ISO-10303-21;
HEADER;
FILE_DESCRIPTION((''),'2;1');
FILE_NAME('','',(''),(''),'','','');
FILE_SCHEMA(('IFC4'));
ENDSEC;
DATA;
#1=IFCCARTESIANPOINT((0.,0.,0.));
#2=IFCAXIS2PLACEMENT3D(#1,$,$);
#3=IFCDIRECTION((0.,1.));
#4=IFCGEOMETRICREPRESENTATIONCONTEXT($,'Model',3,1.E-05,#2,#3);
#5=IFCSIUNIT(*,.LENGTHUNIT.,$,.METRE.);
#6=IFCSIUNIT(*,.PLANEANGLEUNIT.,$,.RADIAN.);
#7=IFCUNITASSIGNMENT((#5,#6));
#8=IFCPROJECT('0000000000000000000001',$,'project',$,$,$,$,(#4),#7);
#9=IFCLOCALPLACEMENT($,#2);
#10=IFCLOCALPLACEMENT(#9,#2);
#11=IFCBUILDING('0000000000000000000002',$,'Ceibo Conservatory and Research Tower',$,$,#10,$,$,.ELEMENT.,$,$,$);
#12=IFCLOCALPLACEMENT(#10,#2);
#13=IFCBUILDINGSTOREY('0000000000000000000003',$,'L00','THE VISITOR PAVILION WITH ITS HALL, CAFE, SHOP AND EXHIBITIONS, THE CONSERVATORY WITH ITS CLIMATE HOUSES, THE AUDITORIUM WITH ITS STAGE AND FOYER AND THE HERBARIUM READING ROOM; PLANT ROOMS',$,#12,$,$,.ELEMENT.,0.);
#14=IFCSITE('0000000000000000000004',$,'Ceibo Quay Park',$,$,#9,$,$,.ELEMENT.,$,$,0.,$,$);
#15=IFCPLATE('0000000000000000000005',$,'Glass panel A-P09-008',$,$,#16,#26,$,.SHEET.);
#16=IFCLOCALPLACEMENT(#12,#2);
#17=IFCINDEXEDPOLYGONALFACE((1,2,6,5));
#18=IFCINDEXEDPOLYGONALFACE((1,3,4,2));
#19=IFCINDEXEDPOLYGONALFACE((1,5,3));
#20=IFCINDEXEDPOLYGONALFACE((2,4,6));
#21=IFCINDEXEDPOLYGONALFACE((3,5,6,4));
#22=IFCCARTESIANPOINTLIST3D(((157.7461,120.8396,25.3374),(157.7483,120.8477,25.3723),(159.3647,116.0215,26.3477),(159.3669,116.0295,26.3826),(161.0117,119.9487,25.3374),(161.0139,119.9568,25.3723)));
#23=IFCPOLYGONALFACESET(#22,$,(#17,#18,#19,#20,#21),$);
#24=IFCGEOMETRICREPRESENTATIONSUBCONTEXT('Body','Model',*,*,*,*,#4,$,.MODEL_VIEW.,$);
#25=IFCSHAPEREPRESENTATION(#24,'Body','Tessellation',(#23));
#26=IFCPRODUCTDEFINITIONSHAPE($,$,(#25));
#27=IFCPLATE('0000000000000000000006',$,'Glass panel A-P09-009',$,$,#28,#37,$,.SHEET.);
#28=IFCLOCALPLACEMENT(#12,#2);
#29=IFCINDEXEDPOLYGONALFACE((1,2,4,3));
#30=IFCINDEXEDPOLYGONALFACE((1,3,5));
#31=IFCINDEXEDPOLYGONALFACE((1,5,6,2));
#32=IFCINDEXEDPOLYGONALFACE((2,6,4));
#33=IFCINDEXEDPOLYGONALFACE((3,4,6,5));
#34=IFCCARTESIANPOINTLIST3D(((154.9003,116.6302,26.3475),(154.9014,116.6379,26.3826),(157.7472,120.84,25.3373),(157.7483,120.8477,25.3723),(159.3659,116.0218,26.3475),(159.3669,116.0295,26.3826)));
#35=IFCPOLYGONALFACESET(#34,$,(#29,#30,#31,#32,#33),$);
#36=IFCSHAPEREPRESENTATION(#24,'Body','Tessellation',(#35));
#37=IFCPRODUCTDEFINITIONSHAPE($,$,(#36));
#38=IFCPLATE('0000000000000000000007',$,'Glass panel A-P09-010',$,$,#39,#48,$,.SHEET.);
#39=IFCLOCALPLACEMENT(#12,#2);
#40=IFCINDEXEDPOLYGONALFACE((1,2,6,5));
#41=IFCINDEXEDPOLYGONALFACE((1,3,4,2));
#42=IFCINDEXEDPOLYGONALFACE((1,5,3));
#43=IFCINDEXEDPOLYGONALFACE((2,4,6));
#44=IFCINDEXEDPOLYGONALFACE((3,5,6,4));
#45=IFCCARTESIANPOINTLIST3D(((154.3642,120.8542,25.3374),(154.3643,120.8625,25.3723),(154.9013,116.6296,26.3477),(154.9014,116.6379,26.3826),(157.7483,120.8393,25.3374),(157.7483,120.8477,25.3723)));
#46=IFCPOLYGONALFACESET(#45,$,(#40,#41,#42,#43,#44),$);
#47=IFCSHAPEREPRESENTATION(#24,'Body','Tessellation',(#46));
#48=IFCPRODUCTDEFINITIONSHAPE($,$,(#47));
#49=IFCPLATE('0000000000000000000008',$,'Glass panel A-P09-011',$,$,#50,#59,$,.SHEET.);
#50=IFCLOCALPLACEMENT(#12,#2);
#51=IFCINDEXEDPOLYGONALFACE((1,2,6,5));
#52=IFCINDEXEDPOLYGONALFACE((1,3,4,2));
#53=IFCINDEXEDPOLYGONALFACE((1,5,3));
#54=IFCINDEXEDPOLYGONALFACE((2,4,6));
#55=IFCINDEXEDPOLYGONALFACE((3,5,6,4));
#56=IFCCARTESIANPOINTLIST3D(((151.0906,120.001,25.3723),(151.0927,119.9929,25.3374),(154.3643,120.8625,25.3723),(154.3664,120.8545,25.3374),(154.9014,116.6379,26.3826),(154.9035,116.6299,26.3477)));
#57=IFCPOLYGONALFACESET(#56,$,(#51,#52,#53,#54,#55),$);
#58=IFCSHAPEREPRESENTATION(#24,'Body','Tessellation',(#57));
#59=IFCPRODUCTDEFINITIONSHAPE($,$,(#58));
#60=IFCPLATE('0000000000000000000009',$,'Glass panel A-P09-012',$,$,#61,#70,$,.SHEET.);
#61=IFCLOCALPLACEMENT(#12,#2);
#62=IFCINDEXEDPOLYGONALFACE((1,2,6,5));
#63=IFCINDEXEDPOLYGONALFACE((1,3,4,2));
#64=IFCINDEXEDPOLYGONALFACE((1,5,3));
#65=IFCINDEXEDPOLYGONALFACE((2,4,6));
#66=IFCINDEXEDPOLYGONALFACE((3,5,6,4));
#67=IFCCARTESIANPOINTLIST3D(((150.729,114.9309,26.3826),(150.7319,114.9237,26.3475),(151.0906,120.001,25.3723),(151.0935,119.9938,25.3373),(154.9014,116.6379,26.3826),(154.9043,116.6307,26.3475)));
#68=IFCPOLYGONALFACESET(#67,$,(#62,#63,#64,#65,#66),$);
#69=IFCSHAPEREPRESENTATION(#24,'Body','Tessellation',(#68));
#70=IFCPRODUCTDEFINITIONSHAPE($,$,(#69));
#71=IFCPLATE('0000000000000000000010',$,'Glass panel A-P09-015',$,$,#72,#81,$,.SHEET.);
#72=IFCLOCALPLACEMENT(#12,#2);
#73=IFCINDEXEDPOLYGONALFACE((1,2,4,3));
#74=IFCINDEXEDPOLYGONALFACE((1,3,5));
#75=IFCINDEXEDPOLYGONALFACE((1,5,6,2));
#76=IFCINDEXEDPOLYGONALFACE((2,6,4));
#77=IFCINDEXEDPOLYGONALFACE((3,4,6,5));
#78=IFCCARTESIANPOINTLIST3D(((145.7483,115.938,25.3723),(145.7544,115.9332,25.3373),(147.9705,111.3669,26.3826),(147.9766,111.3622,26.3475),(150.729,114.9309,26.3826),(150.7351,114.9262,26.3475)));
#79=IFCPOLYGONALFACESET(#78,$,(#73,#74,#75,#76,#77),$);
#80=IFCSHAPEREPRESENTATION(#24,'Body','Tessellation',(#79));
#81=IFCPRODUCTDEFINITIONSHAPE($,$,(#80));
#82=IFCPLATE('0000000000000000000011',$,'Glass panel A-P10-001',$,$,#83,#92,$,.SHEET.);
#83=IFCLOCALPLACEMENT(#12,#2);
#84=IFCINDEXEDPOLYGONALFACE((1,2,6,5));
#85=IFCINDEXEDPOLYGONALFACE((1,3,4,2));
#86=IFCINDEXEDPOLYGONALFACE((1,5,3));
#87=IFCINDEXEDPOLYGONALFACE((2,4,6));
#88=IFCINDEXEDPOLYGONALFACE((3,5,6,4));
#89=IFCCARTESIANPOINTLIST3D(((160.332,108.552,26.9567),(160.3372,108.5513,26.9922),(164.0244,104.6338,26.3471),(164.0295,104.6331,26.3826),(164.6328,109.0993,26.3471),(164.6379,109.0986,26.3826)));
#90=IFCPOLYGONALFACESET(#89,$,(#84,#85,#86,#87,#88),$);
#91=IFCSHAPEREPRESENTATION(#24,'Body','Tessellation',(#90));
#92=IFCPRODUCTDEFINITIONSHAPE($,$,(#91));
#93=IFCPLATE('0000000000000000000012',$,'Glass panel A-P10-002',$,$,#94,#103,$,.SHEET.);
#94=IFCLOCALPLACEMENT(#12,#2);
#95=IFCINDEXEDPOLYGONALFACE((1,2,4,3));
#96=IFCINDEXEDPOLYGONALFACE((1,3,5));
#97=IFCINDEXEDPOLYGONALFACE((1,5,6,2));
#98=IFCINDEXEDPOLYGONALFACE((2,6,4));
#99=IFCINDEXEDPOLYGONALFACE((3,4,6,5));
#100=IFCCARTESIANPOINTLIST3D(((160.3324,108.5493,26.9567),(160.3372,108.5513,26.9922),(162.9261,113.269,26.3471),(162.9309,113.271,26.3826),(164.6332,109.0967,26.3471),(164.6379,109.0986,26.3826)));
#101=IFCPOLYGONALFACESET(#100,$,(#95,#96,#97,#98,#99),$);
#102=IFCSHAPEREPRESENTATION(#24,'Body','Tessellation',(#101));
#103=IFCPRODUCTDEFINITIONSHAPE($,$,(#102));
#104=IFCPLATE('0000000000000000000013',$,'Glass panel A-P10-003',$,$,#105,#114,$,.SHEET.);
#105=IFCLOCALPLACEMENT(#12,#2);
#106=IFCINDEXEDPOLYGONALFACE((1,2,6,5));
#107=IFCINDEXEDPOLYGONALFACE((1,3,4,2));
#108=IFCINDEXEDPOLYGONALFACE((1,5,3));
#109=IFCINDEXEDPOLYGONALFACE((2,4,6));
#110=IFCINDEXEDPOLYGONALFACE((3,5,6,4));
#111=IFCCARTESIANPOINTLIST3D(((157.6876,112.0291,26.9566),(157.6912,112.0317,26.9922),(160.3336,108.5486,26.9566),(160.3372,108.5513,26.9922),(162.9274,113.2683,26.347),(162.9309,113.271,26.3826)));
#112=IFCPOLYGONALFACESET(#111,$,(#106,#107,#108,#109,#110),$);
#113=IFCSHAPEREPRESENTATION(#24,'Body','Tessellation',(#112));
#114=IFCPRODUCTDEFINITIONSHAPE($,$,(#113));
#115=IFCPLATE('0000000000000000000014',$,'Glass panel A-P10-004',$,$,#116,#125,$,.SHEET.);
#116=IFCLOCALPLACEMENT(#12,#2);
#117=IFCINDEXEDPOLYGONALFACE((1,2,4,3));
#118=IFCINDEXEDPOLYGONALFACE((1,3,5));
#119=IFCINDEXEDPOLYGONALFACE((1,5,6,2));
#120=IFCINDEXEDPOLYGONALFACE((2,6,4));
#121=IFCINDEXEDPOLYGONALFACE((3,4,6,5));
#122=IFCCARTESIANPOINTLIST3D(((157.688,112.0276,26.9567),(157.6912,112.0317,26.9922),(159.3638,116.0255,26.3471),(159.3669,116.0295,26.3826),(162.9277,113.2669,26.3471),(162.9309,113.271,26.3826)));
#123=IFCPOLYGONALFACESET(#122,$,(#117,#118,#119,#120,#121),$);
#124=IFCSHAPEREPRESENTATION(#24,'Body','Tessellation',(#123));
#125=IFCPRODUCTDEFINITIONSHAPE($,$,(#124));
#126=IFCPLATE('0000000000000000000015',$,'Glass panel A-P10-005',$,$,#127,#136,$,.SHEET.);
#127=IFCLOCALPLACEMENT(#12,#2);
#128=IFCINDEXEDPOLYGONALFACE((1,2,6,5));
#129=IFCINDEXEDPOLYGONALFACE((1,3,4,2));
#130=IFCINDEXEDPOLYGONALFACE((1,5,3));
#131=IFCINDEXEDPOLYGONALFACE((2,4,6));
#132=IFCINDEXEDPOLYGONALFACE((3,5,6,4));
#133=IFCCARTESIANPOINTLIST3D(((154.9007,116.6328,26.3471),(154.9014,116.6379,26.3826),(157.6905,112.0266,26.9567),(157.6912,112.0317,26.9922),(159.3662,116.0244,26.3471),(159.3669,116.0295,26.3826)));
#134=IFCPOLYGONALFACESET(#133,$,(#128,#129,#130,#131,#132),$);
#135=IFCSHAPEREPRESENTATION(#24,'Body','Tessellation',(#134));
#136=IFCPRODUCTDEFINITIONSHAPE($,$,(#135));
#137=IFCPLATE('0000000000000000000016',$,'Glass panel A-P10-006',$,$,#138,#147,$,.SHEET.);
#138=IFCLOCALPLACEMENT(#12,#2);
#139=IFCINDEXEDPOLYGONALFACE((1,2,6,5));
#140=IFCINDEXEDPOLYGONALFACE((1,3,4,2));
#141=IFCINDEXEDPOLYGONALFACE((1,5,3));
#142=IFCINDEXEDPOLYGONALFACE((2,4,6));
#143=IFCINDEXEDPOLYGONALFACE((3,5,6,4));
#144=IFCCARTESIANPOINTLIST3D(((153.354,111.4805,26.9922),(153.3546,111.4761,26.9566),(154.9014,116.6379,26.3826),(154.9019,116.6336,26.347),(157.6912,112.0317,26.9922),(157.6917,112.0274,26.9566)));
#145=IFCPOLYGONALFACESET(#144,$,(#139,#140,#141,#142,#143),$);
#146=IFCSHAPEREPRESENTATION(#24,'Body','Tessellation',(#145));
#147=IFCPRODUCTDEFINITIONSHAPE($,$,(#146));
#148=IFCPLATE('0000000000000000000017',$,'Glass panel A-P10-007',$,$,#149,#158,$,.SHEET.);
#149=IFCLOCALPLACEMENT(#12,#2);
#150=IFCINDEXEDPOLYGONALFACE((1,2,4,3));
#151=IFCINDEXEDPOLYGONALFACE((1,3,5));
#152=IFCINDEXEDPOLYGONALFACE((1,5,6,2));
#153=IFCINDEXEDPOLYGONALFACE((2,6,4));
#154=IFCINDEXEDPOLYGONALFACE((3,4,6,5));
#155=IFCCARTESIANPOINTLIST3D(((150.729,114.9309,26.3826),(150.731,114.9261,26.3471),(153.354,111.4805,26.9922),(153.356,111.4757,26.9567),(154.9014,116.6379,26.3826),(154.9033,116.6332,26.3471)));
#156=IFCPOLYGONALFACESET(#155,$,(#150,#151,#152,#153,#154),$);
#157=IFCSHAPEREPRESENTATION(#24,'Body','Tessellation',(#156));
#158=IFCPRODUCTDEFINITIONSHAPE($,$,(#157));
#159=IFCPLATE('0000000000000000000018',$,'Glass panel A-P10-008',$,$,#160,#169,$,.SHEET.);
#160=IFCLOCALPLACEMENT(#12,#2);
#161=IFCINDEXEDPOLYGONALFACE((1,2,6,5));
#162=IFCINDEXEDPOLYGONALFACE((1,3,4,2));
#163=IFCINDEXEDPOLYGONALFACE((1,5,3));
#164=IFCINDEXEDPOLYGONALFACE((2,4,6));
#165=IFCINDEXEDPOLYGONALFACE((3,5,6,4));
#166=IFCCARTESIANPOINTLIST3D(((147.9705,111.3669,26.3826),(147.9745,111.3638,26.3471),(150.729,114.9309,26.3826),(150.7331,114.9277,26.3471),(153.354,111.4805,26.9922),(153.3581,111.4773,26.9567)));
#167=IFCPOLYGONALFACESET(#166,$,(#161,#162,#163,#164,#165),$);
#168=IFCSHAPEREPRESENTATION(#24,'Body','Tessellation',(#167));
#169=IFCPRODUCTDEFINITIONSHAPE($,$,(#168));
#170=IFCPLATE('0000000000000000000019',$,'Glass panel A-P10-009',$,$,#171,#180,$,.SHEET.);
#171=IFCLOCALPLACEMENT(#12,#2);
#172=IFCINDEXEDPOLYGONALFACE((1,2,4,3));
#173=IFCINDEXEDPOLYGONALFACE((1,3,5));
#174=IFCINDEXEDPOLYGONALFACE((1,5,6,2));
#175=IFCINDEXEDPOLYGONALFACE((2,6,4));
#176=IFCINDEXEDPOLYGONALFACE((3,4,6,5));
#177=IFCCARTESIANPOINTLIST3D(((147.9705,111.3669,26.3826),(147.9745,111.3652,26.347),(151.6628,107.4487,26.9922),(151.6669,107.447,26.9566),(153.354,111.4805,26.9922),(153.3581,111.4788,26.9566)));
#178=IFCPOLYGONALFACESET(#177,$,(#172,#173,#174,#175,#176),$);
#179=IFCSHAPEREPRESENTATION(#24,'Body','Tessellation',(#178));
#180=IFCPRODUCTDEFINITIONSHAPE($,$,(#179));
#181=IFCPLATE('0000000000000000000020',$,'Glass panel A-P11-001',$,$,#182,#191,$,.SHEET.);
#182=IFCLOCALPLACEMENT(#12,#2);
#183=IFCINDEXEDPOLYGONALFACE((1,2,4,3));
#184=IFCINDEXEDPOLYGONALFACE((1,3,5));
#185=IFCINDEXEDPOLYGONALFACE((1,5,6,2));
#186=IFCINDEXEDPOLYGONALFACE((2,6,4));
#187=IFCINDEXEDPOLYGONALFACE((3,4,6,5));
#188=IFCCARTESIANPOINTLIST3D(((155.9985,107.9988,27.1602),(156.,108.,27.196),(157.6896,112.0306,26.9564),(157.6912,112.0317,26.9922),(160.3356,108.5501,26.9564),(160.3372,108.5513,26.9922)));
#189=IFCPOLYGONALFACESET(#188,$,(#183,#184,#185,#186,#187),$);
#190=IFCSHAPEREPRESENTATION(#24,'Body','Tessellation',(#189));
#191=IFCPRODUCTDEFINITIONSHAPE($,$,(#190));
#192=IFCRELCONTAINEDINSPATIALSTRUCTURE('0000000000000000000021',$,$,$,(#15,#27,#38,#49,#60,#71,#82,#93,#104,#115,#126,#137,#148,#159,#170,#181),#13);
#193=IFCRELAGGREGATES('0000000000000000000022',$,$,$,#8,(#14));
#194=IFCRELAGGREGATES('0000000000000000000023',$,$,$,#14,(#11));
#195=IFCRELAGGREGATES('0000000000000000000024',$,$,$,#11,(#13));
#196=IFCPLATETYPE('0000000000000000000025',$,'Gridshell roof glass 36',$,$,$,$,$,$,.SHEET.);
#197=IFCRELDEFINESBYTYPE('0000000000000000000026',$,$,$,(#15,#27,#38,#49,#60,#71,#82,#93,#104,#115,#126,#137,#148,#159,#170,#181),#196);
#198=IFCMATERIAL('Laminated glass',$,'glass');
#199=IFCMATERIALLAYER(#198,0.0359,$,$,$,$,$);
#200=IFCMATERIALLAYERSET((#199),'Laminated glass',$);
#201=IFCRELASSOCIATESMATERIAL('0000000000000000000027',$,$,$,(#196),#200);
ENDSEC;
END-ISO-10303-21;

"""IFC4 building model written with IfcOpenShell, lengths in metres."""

from ifc_helpers import new_model, si_unit, direction, frame, origin, place, context, subcontext, project, spatial, polyline, outline, extrude, material, layer, layer_set, type_object, element, save


model = new_model("IFC4")

# Units and contexts
model_context = context("Model", 3, precision=1e-05, world=origin(), true_north=direction((0.0, 1.0)))
body_context = subcontext(model_context, "Body", "Model", "MODEL_VIEW")
ifc_project = project(units=[si_unit("LENGTHUNIT", "METRE"), si_unit("PLANEANGLEUNIT", "RADIAN")], contexts=[model_context])

# Site, building, storey
site_placement = place(None, origin())
site = spatial("IfcSite", under=ifc_project, at=site_placement, Name="Ceibo Quay Park", CompositionType="ELEMENT", RefElevation=0.0)
building_placement = place(site_placement, origin())
building = spatial("IfcBuilding", under=site, at=building_placement, Name="Ceibo Conservatory and Research Tower", CompositionType="ELEMENT")
storey_placement = place(building_placement, origin())
storey = spatial("IfcBuildingStorey", under=building, at=storey_placement, Name="L00", Description="THE VISITOR PAVILION WITH ITS HALL, CAFE, SHOP AND EXHIBITIONS, THE CONSERVATORY WITH ITS CLIMATE HOUSES, THE AUDITORIUM WITH ITS STAGE AND FOYER AND THE HERBARIUM READING ROOM; PLANT ROOMS", CompositionType="ELEMENT", Elevation=0.0)

# Plates
ifc_material_1 = material(Name="Laminated glass", Category="glass")
ifc_layer = layer(ifc_material_1, 0.0359)
ifc_layer_set = layer_set([ifc_layer], Name="Laminated glass")
plate_type = type_object("IfcPlateType", Name="Gridshell roof glass 36", PredefinedType="SHEET", material=ifc_layer_set)
plate_1_placement = place(storey_placement, frame((159.3669, 116.0295, 26.3826), z_axis=(0.061243, 0.224497, 0.972548), x_axis=(0.376296, 0.897287, -0.23082)))
element("IfcPlate", 1, at=plate_1_placement, inside=storey, type_object=plate_type, Name="Glass panel A-P09-008", PredefinedType="SHEET", context=body_context, shape_type="SweptSolid", body=[
    extrude(outline(polyline([(0.0, 0.0), (4.3768, 0.0), (3.9473, 3.3576), (0.0, 0.0)])), origin(), (0.0, 0.0, -1.0), 0.0359),
])
plate_2_placement = place(storey_placement, frame((159.3669, 116.0295, 26.3826), z_axis=(0.029227, 0.214524, 0.976281), x_axis=(-0.31235, 0.929749, -0.194948)))
element("IfcPlate", 2, at=plate_2_placement, inside=storey, type_object=plate_type, Name="Glass panel A-P09-009", PredefinedType="SHEET", context=body_context, shape_type="SweptSolid", body=[
    extrude(outline(polyline([(0.0, 0.0), (5.1822, 0.0), (1.9605, 4.0581), (0.0, 0.0)])), origin(), (0.0, 0.0, -1.0), 0.0359),
])
plate_3_placement = place(storey_placement, frame((154.9014, 116.6379, 26.3826), z_axis=(0.001024, 0.232701, 0.972548), x_axis=(0.549447, 0.812461, -0.194976)))
element("IfcPlate", 3, at=plate_3_placement, inside=storey, type_object=plate_type, Name="Glass panel A-P09-010", PredefinedType="SHEET", context=body_context, shape_type="SweptSolid", body=[
    extrude(outline(polyline([(0.0, 0.0), (5.1814, 0.0), (3.3342, 2.8354), (0.0, 0.0)])), origin(), (0.0, 0.0, -1.0), 0.0359),
])
plate_4_placement = place(storey_placement, frame((154.9014, 116.6379, 26.3826), z_axis=(-0.059227, 0.225041, 0.972548), x_axis=(-0.122717, 0.965227, -0.23082)))
element("IfcPlate", 4, at=plate_4_placement, inside=storey, type_object=plate_type, Name="Glass panel A-P09-011", PredefinedType="SHEET", context=body_context, shape_type="SweptSolid", body=[
    extrude(outline(polyline([(0.0, 0.0), (4.3768, 0.0), (3.9469, 3.3578), (0.0, 0.0)])), origin(), (0.0, 0.0, -1.0), 0.0359),
])
plate_5_placement = place(storey_placement, frame((154.9014, 116.6379, 26.3826), z_axis=(-0.081981, 0.200379, 0.976282), x_axis=(-0.735395, 0.648989, -0.194956)))
element("IfcPlate", 5, at=plate_5_placement, inside=storey, type_object=plate_type, Name="Glass panel A-P09-012", PredefinedType="SHEET", context=body_context, shape_type="SweptSolid", body=[
    extrude(outline(polyline([(0.0, 0.0), (5.182, 0.0), (1.9605, 4.0594), (0.0, 0.0)])), origin(), (0.0, 0.0, -1.0), 0.0359),
])
plate_6_placement = place(storey_placement, frame((150.729, 114.9309, 26.3826), z_axis=(-0.171225, 0.13253, 0.976278), x_axis=(-0.96135, 0.194381, -0.194994)))
element("IfcPlate", 6, at=plate_6_placement, inside=storey, type_object=plate_type, Name="Glass panel A-P09-015", PredefinedType="SHEET", context=body_context, shape_type="SweptSolid", body=[
    extrude(outline(polyline([(0.0, 0.0), (5.181, 0.0), (1.9592, 4.0587), (0.0, 0.0)])), origin(), (0.0, 0.0, -1.0), 0.0359),
])
plate_7_placement = place(storey_placement, frame((160.3372, 108.5513, 26.9922), z_axis=(0.142743, -0.019448, 0.989569), x_axis=(0.681468, -0.723147, -0.112512)))
element("IfcPlate", 7, at=plate_7_placement, inside=storey, type_object=plate_type, Name="Glass panel A-P10-001", PredefinedType="SHEET", context=body_context, shape_type="SweptSolid", body=[
    extrude(outline(polyline([(0.0, 0.0), (5.4183, 0.0), (2.6036, 3.5198), (0.0, 0.0)])), origin(), (0.0, 0.0, -1.0), 0.0359),
])
plate_8_placement = place(storey_placement, frame((160.3372, 108.5513, 26.9922), z_axis=(0.133325, 0.054547, 0.98957), x_axis=(0.982334, 0.125022, -0.139242)))
element("IfcPlate", 8, at=plate_8_placement, inside=storey, type_object=plate_type, Name="Glass panel A-P10-002", PredefinedType="SHEET", context=body_context, shape_type="SweptSolid", body=[
    extrude(outline(polyline([(0.0, 0.0), (4.3781, 0.0), (3.2229, 4.3575), (0.0, 0.0)])), origin(), (0.0, 0.0, -1.0), 0.0359),
])
plate_9_placement = place(storey_placement, frame((160.3372, 108.5513, 26.9922), z_axis=(0.097866, 0.074402, 0.992415), x_axis=(0.478563, 0.870819, -0.112479)))
element("IfcPlate", 9, at=plate_9_placement, inside=storey, type_object=plate_type, Name="Glass panel A-P10-003", PredefinedType="SHEET", context=body_context, shape_type="SweptSolid", body=[
    extrude(outline(polyline([(0.0, 0.0), (5.4199, 0.0), (1.7646, 4.0002), (0.0, 0.0)])), origin(), (0.0, 0.0, -1.0), 0.0359),
])
plate_10_placement = place(storey_placement, frame((157.6912, 112.0317, 26.9922), z_axis=(0.088185, 0.113933, 0.989567), x_axis=(0.966974, 0.2287, -0.112503)))
element("IfcPlate", 10, at=plate_10_placement, inside=storey, type_object=plate_type, Name="Glass panel A-P10-004", PredefinedType="SHEET", context=body_context, shape_type="SweptSolid", body=[
    extrude(outline(polyline([(0.0, 0.0), (5.4187, 0.0), (2.6033, 3.5192), (0.0, 0.0)])), origin(), (0.0, 0.0, -1.0), 0.0359),
])
plate_11_placement = place(storey_placement, frame((157.6912, 112.0317, 26.9922), z_axis=(0.019448, 0.142746, 0.989568), x_axis=(0.382819, 0.913266, -0.139263)))
element("IfcPlate", 11, at=plate_11_placement, inside=storey, type_object=plate_type, Name="Glass panel A-P10-005", PredefinedType="SHEET", context=body_context, shape_type="SweptSolid", body=[
    extrude(outline(polyline([(0.0, 0.0), (4.3775, 0.0), (3.2236, 4.3566), (0.0, 0.0)])), origin(), (0.0, 0.0, -1.0), 0.0359),
])
plate_12_placement = place(storey_placement, frame((157.6912, 112.0317, 26.9922), z_axis=(-0.015501, 0.121955, 0.992415), x_axis=(-0.514764, 0.849921, -0.112485)))
element("IfcPlate", 12, at=plate_12_placement, inside=storey, type_object=plate_type, Name="Glass panel A-P10-006", PredefinedType="SHEET", context=body_context, shape_type="SweptSolid", body=[
    extrude(outline(polyline([(0.0, 0.0), (5.4196, 0.0), (1.7641, 4.0004), (0.0, 0.0)])), origin(), (0.0, 0.0, -1.0), 0.0359),
])
plate_13_placement = place(storey_placement, frame((153.354, 111.4805, 26.9922), z_axis=(-0.054551, 0.133335, 0.989569), x_axis=(0.285544, 0.95174, -0.112497)))
element("IfcPlate", 13, at=plate_13_placement, inside=storey, type_object=plate_type, Name="Glass panel A-P10-007", PredefinedType="SHEET", context=body_context, shape_type="SweptSolid", body=[
    extrude(outline(polyline([(0.0, 0.0), (5.419, 0.0), (2.6029, 3.5203), (0.0, 0.0)])), origin(), (0.0, 0.0, -1.0), 0.0359),
])
plate_14_placement = place(storey_placement, frame((153.354, 111.4805, 26.9922), z_axis=(-0.113916, 0.088172, 0.98957), x_axis=(-0.599575, 0.788113, -0.139243)))
element("IfcPlate", 14, at=plate_14_placement, inside=storey, type_object=plate_type, Name="Glass panel A-P10-008", PredefinedType="SHEET", context=body_context, shape_type="SweptSolid", body=[
    extrude(outline(polyline([(0.0, 0.0), (4.3781, 0.0), (3.2233, 4.3563), (0.0, 0.0)])), origin(), (0.0, 0.0, -1.0), 0.0359),
])
plate_15_placement = place(storey_placement, frame((153.354, 111.4805, 26.9922), z_axis=(-0.113381, 0.047559, 0.992413), x_axis=(-0.993432, -0.020949, -0.112494)))
element("IfcPlate", 15, at=plate_15_placement, inside=storey, type_object=plate_type, Name="Glass panel A-P10-009", PredefinedType="SHEET", context=body_context, shape_type="SweptSolid", body=[
    extrude(outline(polyline([(0.0, 0.0), (5.4191, 0.0), (1.7645, 4.0002), (0.0, 0.0)])), origin(), (0.0, 0.0, -1.0), 0.0359),
])
plate_16_placement = place(storey_placement, frame((160.3372, 108.5513, 26.9922), z_axis=(0.042799, 0.032538, 0.998554), x_axis=(-0.605205, 0.79607, 0.0)))
element("IfcPlate", 16, at=plate_16_placement, inside=storey, type_object=plate_type, Name="Glass panel A-P11-001", PredefinedType="SHEET", context=body_context, shape_type="SweptSolid", body=[
    extrude(outline(polyline([(0.0, 0.0), (4.3721, 0.0), (2.186, 3.7918), (0.0, 0.0)])), origin(), (0.0, 0.0, -1.0), 0.0359),
])

save(model, "model.ifc")
